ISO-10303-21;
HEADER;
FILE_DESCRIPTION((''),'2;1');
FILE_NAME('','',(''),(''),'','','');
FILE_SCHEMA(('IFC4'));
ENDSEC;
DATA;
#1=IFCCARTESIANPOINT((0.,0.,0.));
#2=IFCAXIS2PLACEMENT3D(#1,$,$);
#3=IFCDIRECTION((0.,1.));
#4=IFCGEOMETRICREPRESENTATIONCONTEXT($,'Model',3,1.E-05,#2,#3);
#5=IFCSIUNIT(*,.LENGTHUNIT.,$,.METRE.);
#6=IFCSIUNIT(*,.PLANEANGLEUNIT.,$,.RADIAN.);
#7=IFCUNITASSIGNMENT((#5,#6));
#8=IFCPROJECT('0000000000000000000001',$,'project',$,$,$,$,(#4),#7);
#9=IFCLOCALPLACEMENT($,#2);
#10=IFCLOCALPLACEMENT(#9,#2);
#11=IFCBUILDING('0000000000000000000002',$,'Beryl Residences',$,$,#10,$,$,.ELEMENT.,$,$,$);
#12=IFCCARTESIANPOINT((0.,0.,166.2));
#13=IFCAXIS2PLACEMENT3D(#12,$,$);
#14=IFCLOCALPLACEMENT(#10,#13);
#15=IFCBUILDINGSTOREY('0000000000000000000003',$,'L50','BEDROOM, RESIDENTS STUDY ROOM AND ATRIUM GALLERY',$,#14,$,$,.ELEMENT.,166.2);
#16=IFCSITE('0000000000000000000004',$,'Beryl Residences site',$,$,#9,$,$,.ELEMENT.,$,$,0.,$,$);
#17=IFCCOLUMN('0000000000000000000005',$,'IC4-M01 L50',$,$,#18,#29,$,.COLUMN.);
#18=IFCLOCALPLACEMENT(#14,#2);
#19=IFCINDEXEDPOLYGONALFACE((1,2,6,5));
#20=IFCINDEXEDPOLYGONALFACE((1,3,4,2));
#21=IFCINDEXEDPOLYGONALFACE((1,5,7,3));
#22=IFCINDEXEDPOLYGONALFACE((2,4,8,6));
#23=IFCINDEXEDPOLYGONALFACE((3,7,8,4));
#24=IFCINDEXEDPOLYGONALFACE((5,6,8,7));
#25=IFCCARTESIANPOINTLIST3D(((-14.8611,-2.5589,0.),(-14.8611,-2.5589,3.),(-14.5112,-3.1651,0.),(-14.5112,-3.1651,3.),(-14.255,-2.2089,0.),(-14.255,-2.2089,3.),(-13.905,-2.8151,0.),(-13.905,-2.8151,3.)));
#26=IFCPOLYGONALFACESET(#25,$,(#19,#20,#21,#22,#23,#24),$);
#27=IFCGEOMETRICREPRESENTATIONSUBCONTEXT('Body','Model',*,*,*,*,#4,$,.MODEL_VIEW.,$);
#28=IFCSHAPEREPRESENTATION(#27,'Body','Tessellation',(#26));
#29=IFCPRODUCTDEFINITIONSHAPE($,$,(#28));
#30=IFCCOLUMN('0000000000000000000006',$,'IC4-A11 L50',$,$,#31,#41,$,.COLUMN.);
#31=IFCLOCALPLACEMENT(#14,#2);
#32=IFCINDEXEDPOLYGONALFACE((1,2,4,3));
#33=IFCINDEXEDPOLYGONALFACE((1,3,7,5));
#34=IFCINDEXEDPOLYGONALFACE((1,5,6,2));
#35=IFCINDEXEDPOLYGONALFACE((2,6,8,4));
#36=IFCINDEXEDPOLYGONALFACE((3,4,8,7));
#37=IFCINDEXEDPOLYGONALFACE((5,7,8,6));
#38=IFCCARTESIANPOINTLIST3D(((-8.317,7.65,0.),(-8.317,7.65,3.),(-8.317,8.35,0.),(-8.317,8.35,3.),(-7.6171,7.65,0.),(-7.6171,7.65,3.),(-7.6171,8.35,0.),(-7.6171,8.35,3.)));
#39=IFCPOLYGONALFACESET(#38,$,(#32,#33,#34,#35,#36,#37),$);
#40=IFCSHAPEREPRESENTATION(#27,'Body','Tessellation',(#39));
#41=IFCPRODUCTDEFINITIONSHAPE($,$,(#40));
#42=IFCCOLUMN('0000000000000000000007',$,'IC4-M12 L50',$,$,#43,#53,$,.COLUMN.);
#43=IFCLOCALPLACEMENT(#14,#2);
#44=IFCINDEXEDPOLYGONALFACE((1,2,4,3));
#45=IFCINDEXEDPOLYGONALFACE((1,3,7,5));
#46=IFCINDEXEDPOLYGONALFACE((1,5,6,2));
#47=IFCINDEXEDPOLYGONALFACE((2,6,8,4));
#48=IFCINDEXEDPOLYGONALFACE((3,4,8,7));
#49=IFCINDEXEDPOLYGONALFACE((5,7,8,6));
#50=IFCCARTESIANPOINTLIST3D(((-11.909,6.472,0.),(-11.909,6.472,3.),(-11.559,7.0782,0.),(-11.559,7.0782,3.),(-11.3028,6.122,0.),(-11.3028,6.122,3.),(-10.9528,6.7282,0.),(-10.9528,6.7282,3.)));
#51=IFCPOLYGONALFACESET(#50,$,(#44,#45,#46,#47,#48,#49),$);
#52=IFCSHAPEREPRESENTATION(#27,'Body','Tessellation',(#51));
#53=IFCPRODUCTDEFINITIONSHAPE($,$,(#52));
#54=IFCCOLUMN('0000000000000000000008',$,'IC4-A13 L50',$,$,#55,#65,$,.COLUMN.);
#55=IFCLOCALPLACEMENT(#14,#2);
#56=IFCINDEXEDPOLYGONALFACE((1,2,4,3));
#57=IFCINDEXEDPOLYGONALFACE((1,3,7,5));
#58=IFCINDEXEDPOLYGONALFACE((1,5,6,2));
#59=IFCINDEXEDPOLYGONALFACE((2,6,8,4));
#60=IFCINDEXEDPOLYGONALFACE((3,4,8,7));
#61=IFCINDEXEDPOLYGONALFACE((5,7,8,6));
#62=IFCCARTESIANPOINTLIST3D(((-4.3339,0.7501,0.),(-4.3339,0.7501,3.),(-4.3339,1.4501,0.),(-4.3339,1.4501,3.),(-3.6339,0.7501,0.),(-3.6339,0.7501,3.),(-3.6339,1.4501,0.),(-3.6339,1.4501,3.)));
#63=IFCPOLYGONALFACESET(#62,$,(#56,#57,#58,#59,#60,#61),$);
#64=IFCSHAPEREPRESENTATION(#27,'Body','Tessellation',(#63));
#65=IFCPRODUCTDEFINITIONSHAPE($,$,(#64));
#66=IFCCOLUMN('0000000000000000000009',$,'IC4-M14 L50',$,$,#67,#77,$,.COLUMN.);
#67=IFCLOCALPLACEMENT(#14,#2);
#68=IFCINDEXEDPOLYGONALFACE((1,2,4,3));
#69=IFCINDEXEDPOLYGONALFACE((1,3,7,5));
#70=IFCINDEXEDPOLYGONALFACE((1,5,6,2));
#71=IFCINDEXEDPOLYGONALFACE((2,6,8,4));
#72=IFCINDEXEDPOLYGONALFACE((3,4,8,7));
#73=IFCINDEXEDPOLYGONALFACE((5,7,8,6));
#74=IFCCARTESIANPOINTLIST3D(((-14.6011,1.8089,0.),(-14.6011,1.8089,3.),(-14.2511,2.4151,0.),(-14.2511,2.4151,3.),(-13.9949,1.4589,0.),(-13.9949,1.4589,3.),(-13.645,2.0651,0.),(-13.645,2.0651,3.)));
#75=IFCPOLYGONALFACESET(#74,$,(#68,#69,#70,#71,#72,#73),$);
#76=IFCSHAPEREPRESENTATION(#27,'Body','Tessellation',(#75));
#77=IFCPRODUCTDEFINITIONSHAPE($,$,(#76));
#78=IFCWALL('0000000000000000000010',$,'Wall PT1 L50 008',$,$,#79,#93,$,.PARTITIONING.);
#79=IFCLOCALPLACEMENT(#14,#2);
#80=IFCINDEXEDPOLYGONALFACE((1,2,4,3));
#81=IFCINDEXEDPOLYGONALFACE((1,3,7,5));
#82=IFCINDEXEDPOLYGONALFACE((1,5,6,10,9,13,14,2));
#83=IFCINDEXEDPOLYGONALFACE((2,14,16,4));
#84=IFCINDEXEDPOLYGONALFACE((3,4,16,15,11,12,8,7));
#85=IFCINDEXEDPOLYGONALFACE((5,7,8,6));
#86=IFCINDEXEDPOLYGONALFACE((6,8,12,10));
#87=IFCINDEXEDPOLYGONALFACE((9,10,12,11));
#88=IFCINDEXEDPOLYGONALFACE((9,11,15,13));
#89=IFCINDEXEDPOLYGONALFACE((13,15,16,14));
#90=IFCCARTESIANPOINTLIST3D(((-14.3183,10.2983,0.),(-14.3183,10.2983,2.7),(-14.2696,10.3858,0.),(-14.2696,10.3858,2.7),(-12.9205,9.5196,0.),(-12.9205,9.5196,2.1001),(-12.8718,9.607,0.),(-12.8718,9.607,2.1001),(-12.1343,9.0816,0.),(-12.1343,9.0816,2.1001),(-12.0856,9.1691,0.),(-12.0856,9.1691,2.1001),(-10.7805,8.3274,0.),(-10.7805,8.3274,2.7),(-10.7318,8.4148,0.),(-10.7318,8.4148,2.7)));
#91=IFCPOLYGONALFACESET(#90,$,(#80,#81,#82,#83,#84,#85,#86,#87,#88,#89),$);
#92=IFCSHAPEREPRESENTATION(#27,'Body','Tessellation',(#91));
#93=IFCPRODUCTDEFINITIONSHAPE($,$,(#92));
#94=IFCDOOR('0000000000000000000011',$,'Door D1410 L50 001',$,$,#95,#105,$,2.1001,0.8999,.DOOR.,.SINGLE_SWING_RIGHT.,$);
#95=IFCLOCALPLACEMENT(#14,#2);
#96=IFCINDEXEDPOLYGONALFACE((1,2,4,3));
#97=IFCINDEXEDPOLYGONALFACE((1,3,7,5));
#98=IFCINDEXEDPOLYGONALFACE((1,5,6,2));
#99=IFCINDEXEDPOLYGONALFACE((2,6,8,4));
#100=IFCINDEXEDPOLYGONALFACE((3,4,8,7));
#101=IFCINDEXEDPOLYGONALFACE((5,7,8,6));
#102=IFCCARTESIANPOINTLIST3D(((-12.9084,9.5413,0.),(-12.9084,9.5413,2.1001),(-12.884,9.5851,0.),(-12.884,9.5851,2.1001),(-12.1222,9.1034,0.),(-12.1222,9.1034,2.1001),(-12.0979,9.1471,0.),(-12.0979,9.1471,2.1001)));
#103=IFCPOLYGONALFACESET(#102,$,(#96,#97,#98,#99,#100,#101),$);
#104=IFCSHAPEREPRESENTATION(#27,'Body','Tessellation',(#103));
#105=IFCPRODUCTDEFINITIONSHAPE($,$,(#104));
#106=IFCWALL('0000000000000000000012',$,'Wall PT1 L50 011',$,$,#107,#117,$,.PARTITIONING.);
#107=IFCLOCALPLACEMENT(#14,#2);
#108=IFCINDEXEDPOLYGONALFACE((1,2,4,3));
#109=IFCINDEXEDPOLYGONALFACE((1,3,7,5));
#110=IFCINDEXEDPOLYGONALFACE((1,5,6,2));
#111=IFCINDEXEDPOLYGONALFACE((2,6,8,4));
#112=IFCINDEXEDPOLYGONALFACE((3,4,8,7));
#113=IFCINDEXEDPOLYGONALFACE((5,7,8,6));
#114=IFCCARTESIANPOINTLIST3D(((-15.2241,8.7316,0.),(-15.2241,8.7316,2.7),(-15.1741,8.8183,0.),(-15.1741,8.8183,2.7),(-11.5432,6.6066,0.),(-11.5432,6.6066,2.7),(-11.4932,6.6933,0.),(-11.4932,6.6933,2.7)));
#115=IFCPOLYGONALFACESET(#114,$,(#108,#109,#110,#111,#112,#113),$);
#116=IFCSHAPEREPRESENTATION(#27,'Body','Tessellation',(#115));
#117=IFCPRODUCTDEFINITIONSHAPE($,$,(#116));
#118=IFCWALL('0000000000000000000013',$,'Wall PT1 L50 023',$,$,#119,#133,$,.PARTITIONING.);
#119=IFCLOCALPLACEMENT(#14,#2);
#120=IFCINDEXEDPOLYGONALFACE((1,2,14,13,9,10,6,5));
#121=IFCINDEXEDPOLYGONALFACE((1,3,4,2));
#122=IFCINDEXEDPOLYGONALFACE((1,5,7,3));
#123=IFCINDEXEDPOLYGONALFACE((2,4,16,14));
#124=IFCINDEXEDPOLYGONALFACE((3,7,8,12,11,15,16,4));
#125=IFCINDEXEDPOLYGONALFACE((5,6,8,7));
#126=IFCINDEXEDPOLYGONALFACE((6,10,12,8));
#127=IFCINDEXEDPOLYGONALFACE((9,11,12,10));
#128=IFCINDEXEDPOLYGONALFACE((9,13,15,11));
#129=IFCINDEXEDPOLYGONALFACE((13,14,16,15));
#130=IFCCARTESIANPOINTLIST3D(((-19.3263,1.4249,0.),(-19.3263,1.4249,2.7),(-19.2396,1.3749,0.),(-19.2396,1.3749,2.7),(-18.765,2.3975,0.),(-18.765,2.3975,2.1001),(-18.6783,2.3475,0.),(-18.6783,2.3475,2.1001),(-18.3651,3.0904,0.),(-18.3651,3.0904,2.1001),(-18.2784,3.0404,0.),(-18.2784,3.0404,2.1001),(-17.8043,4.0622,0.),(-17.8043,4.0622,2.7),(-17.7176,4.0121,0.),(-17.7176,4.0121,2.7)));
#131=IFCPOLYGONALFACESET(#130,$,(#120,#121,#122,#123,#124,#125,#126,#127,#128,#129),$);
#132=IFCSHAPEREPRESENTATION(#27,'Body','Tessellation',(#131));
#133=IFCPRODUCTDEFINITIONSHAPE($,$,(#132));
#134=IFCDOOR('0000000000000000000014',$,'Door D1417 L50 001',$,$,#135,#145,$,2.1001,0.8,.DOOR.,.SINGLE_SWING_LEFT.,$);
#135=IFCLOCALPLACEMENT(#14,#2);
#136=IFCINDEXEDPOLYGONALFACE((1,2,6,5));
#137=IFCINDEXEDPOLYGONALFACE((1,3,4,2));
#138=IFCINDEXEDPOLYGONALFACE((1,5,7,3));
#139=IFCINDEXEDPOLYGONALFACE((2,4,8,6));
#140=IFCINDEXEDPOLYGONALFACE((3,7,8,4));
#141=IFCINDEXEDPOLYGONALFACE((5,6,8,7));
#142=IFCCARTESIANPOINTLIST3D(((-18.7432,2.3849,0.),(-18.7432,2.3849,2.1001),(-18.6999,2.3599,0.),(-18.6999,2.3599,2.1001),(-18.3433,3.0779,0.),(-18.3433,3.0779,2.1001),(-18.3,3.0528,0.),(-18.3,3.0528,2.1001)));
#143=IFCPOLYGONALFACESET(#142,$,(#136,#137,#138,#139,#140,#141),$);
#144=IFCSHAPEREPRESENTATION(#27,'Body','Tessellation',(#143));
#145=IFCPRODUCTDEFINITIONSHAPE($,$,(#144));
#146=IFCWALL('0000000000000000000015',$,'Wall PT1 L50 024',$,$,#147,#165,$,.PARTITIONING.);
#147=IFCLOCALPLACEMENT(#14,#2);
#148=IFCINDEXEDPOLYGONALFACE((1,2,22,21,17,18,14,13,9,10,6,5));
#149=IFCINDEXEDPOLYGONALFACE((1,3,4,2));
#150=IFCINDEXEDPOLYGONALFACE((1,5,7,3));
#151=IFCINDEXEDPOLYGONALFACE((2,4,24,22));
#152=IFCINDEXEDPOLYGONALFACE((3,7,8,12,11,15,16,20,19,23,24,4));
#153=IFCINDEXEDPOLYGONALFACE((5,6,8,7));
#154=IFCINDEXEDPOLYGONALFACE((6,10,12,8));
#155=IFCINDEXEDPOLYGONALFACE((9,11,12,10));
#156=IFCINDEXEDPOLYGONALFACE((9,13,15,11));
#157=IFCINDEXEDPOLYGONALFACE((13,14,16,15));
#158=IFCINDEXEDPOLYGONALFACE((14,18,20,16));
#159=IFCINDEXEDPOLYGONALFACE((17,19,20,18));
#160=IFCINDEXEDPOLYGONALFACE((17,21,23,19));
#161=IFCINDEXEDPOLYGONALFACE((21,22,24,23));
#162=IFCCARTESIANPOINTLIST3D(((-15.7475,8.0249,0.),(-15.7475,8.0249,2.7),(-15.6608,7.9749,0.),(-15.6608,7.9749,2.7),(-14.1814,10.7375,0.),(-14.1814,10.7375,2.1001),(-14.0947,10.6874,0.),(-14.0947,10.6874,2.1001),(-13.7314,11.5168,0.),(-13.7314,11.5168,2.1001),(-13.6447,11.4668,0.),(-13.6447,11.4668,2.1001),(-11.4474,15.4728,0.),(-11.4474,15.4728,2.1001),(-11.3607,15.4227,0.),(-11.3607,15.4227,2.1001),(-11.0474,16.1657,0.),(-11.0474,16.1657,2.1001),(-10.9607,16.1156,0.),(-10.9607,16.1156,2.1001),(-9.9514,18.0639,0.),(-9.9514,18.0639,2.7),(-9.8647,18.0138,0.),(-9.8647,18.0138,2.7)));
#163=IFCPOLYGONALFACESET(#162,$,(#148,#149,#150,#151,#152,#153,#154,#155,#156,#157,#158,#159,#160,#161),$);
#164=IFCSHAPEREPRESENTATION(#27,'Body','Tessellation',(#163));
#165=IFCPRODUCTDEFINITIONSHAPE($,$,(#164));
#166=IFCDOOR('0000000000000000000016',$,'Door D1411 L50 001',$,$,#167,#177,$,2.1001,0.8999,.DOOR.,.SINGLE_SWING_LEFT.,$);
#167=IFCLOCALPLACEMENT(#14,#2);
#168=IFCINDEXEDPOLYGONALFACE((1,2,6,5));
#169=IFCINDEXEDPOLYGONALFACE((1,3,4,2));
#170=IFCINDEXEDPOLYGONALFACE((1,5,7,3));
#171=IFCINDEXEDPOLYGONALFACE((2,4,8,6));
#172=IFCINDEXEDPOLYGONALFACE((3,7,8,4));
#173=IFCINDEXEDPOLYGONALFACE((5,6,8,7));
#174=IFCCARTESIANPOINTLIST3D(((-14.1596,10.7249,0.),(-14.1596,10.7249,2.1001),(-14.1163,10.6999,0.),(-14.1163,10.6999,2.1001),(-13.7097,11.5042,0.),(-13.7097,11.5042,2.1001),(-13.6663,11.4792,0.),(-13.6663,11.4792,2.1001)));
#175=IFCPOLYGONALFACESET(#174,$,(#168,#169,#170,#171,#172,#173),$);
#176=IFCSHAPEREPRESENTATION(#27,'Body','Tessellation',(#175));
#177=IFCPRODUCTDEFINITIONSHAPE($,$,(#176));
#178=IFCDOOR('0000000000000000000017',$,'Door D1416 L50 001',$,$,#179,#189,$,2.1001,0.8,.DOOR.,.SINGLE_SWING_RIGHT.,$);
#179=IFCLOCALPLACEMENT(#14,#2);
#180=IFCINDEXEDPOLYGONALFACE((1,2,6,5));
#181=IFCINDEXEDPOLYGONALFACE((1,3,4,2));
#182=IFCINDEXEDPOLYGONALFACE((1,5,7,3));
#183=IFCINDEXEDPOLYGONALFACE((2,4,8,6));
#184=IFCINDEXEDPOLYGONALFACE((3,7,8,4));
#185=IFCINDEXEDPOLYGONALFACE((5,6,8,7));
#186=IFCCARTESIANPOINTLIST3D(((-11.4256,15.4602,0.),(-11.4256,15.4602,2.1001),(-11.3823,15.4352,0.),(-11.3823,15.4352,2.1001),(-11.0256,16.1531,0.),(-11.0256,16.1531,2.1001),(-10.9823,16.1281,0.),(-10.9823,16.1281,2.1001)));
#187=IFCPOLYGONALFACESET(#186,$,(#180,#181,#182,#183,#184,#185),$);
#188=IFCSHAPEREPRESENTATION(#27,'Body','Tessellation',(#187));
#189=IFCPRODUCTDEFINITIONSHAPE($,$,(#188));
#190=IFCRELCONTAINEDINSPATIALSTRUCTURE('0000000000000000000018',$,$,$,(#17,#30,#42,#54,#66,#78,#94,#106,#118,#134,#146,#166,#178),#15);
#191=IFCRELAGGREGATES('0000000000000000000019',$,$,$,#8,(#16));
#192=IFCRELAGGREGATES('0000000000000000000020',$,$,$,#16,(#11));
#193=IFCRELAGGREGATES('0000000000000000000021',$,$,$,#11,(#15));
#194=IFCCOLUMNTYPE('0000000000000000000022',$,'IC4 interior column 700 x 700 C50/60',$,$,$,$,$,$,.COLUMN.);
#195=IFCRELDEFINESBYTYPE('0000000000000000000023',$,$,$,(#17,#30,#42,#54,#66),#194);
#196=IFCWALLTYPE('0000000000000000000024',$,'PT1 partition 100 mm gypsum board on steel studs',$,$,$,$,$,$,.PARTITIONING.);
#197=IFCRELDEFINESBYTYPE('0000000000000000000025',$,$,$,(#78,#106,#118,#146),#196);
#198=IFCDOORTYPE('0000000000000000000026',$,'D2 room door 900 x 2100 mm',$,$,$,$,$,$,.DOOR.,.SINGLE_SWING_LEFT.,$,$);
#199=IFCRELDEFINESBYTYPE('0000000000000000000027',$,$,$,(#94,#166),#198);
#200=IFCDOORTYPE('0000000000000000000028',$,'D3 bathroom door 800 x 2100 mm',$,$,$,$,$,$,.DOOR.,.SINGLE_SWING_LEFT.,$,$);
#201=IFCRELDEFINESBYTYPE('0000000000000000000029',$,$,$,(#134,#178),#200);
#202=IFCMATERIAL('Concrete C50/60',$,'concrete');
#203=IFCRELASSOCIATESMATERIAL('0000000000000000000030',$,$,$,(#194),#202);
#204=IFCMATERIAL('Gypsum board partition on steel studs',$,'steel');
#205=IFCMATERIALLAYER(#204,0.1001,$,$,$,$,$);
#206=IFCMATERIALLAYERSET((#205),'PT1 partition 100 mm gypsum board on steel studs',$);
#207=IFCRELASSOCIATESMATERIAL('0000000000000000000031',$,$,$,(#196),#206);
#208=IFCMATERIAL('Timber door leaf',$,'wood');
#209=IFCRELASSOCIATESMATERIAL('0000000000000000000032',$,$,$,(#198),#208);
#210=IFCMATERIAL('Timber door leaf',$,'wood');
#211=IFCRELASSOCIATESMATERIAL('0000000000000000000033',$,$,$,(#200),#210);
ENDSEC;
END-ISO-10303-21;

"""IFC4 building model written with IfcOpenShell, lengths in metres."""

from ifc_helpers import new_model, si_unit, direction, frame, frame_2d, origin, origin_2d, place, context, subcontext, project, spatial, rectangle, extrude, material, layer, layer_set, material_profile, profile_set, type_object, element, fill, save


model = new_model("IFC4")

# Units and contexts
model_context = context("Model", 3, precision=1e-05, world=origin(), true_north=direction((0.0, 1.0)))
body_context = subcontext(model_context, "Body", "Model", "MODEL_VIEW")
ifc_project = project(units=[si_unit("LENGTHUNIT", "METRE"), si_unit("PLANEANGLEUNIT", "RADIAN")], contexts=[model_context])

# Site, building, storey
site_placement = place(None, origin())
site = spatial("IfcSite", under=ifc_project, at=site_placement, Name="Beryl Residences site", CompositionType="ELEMENT", RefElevation=0.0)
building_placement = place(site_placement, origin())
building = spatial("IfcBuilding", under=site, at=building_placement, Name="Beryl Residences", CompositionType="ELEMENT")
storey_placement = place(building_placement, frame((0.0, 0.0, 166.2)))
storey = spatial("IfcBuildingStorey", under=building, at=storey_placement, Name="L50", Description="BEDROOM, RESIDENTS STUDY ROOM AND ATRIUM GALLERY", CompositionType="ELEMENT", Elevation=166.2)

# Columns
ifc_material_1 = material(Name="Concrete C50/60", Category="concrete")
ifc_material_profile = material_profile(ifc_material_1, rectangle(XDim=0.7, YDim=0.7, at=origin_2d()))
ifc_profile_set = profile_set([ifc_material_profile], Name="Concrete C50/60")
column_type = type_object("IfcColumnType", Name="IC4 interior column 700 x 700 C50/60", PredefinedType="COLUMN", material=ifc_profile_set)
for number, where, z_axis, x_axis, name in (
    (1, (-14.3831, -2.687, 0.0), (0.0, 0.0, 1.0), (0.5, -0.866025, 0.0), "IC4-M01 L50"),
    (2, (-7.967, 8.0, 0.0), (0.0, 0.0, 1.0), (1.0, 0.0, 0.0), "IC4-A11 L50"),
    (3, (-11.4309, 6.6001, 0.0), (0.0, 0.0, 1.0), (-0.5, -0.866025, 0.0), "IC4-M12 L50"),
    (4, (-3.9839, 1.1001, 0.0), (0.0, 0.0, 1.0), (1.0, 0.0, 0.0), "IC4-A13 L50"),
    (5, (-14.123, 1.937, 0.0), (0.0, 0.0, 1.0), (-0.5, -0.866025, 0.0), "IC4-M14 L50"),
):
    element("IfcColumn", number, at=place(storey_placement, frame(where, z_axis=z_axis, x_axis=x_axis)), inside=storey, type_object=column_type, Name=name, PredefinedType="COLUMN", context=body_context, shape_type="SweptSolid", body=[
        extrude(rectangle(XDim=0.7, YDim=0.7, at=origin_2d()), origin(), (0.0, 0.0, 1.0), 3.0),
    ])

# Wall, opening, door
ifc_material_2 = material(Name="Gypsum board partition on steel studs", Category="steel")
ifc_layer_1 = layer(ifc_material_2, 0.1001)
ifc_layer_set_1 = layer_set([ifc_layer_1], Name="PT1 partition 100 mm gypsum board on steel studs")
wall_type_1 = type_object("IfcWallType", Name="PT1 partition 100 mm gypsum board on steel studs", PredefinedType="PARTITIONING", material=ifc_layer_set_1)
wall_1_placement = place(storey_placement, frame((-14.2939, 10.342, 0.0), z_axis=(0.0, 0.0, 1.0), x_axis=(0.873582, -0.486677, 0.0)))
wall_1 = element("IfcWall", 6, at=wall_1_placement, inside=storey, type_object=wall_type_1, Name="Wall PT1 L50 008", PredefinedType="PARTITIONING", context=body_context, shape_type="SweptSolid", body=[
    extrude(rectangle(XDim=4.0498, YDim=0.1001, at=frame_2d((2.0249, 0.0))), origin(), (0.0, 0.0, 1.0), 2.7),
])
opening_1_placement = place(wall_1_placement, frame((1.6001, 0.0, 0.0)))
opening_1 = element("IfcOpeningElement", 7, at=opening_1_placement, cuts=wall_1, PredefinedType="OPENING", context=body_context, shape_type="SweptSolid", body=[
    extrude(rectangle(XDim=0.8999, YDim=2.1001, at=frame_2d((0.45, 1.05))), frame((0.0, 0.0601, 0.0), z_axis=(0.0, -1.0, 0.0), x_axis=(1.0, 0.0, 0.0)), (0.0, 0.0, 1.0), 0.1201),
])
ifc_material_3 = material(Name="Timber door leaf", Category="wood")
door_type_1 = type_object("IfcDoorType", Name="D2 room door 900 x 2100 mm", OperationType="SINGLE_SWING_LEFT", PredefinedType="DOOR", material=ifc_material_3)
door_1_placement = place(opening_1_placement, origin())
door_1 = element("IfcDoor", 8, at=door_1_placement, inside=storey, type_object=door_type_1, Name="Door D1410 L50 001", OperationType="SINGLE_SWING_RIGHT", OverallHeight=2.1001, OverallWidth=0.8999, PredefinedType="DOOR", context=body_context, shape_type="SweptSolid", body=[
    extrude(rectangle(XDim=0.8999, YDim=2.1001, at=frame_2d((0.45, 1.05))), frame((0.0, 0.0249, 0.0), z_axis=(0.0, -1.0, 0.0), x_axis=(1.0, 0.0, 0.0)), (0.0, 0.0, 1.0), 0.05),
])
fill(opening_1, door_1)

# Wall
wall_2_placement = place(storey_placement, frame((-15.199, 8.7749, 0.0), z_axis=(0.0, 0.0, 1.0), x_axis=(0.866043, -0.499969, 0.0)))
element("IfcWall", 9, at=wall_2_placement, inside=storey, type_object=wall_type_1, Name="Wall PT1 L50 011", PredefinedType="PARTITIONING", context=body_context, shape_type="SweptSolid", body=[
    extrude(rectangle(XDim=4.2502, YDim=0.1001, at=frame_2d((2.125, 0.0))), origin(), (0.0, 0.0, 1.0), 2.7),
])

# Wall, opening, door
wall_3_placement = place(storey_placement, frame((-19.283, 1.3999, 0.0), z_axis=(0.0, 0.0, 1.0), x_axis=(0.499847, 0.866113, 0.0)))
wall_3 = element("IfcWall", 10, at=wall_3_placement, inside=storey, type_object=wall_type_1, Name="Wall PT1 L50 023", PredefinedType="PARTITIONING", context=body_context, shape_type="SweptSolid", body=[
    extrude(rectangle(XDim=3.0449, YDim=0.1001, at=frame_2d((1.5225, 0.0))), origin(), (0.0, 0.0, 1.0), 2.7),
])
opening_2_placement = place(wall_3_placement, frame((1.123, 0.0, 0.0)))
opening_2 = element("IfcOpeningElement", 11, at=opening_2_placement, cuts=wall_3, PredefinedType="OPENING", context=body_context, shape_type="SweptSolid", body=[
    extrude(rectangle(XDim=0.8, YDim=2.1001, at=frame_2d((0.3999, 1.05))), frame((0.0, 0.0601, 0.0), z_axis=(0.0, -1.0, 0.0), x_axis=(1.0, 0.0, 0.0)), (0.0, 0.0, 1.0), 0.1201),
])
ifc_material_4 = material(Name="Timber door leaf", Category="wood")
door_type_2 = type_object("IfcDoorType", Name="D3 bathroom door 800 x 2100 mm", OperationType="SINGLE_SWING_LEFT", PredefinedType="DOOR", material=ifc_material_4)
door_2_placement = place(opening_2_placement, origin())
door_2 = element("IfcDoor", 12, at=door_2_placement, inside=storey, type_object=door_type_2, Name="Door D1417 L50 001", OperationType="SINGLE_SWING_LEFT", OverallHeight=2.1001, OverallWidth=0.8, PredefinedType="DOOR", context=body_context, shape_type="SweptSolid", body=[
    extrude(rectangle(XDim=0.8, YDim=2.1001, at=frame_2d((0.3999, 1.05))), frame((0.0, 0.0249, 0.0), z_axis=(0.0, -1.0, 0.0), x_axis=(1.0, 0.0, 0.0)), (0.0, 0.0, 1.0), 0.05),
])
fill(opening_2, door_2)

# Wall, openings, doors
wall_4_placement = place(storey_placement, frame((-15.7041, 8.0, 0.0), z_axis=(0.0, 0.0, 1.0), x_axis=(0.500006, 0.866022, 0.0)))
wall_4 = element("IfcWall", 13, at=wall_4_placement, inside=storey, type_object=wall_type_1, Name="Wall PT1 L50 024", PredefinedType="PARTITIONING", context=body_context, shape_type="SweptSolid", body=[
    extrude(rectangle(XDim=11.592, YDim=0.1001, at=frame_2d((5.7959, 0.0))), origin(), (0.0, 0.0, 1.0), 2.7),
])
opening_3_placement = place(wall_4_placement, frame((3.1321, 0.0, 0.0)))
opening_3 = element("IfcOpeningElement", 14, at=opening_3_placement, cuts=wall_4, PredefinedType="OPENING", context=body_context, shape_type="SweptSolid", body=[
    extrude(rectangle(XDim=0.8999, YDim=2.1001, at=frame_2d((0.45, 1.05))), frame((0.0, 0.0601, 0.0), z_axis=(0.0, -1.0, 0.0), x_axis=(1.0, 0.0, 0.0)), (0.0, 0.0, 1.0), 0.1201),
])
opening_4_placement = place(wall_4_placement, frame((8.6001, 0.0, 0.0)))
opening_4 = element("IfcOpeningElement", 15, at=opening_4_placement, cuts=wall_4, PredefinedType="OPENING", context=body_context, shape_type="SweptSolid", body=[
    extrude(rectangle(XDim=0.8, YDim=2.1001, at=frame_2d((0.3999, 1.05))), frame((0.0, 0.0601, 0.0), z_axis=(0.0, -1.0, 0.0), x_axis=(1.0, 0.0, 0.0)), (0.0, 0.0, 1.0), 0.1201),
])
door_3_placement = place(opening_3_placement, origin())
door_3 = element("IfcDoor", 16, at=door_3_placement, inside=storey, type_object=door_type_1, Name="Door D1411 L50 001", OperationType="SINGLE_SWING_LEFT", OverallHeight=2.1001, OverallWidth=0.8999, PredefinedType="DOOR", context=body_context, shape_type="SweptSolid", body=[
    extrude(rectangle(XDim=0.8999, YDim=2.1001, at=frame_2d((0.45, 1.05))), frame((0.0, 0.0249, 0.0), z_axis=(0.0, -1.0, 0.0), x_axis=(1.0, 0.0, 0.0)), (0.0, 0.0, 1.0), 0.05),
])
fill(opening_3, door_3)
door_4_placement = place(opening_4_placement, origin())
door_4 = element("IfcDoor", 17, at=door_4_placement, inside=storey, type_object=door_type_2, Name="Door D1416 L50 001", OperationType="SINGLE_SWING_RIGHT", OverallHeight=2.1001, OverallWidth=0.8, PredefinedType="DOOR", context=body_context, shape_type="SweptSolid", body=[
    extrude(rectangle(XDim=0.8, YDim=2.1001, at=frame_2d((0.3999, 1.05))), frame((0.0, 0.0249, 0.0), z_axis=(0.0, -1.0, 0.0), x_axis=(1.0, 0.0, 0.0)), (0.0, 0.0, 1.0), 0.05),
])
fill(opening_4, door_4)

save(model, "model.ifc")
